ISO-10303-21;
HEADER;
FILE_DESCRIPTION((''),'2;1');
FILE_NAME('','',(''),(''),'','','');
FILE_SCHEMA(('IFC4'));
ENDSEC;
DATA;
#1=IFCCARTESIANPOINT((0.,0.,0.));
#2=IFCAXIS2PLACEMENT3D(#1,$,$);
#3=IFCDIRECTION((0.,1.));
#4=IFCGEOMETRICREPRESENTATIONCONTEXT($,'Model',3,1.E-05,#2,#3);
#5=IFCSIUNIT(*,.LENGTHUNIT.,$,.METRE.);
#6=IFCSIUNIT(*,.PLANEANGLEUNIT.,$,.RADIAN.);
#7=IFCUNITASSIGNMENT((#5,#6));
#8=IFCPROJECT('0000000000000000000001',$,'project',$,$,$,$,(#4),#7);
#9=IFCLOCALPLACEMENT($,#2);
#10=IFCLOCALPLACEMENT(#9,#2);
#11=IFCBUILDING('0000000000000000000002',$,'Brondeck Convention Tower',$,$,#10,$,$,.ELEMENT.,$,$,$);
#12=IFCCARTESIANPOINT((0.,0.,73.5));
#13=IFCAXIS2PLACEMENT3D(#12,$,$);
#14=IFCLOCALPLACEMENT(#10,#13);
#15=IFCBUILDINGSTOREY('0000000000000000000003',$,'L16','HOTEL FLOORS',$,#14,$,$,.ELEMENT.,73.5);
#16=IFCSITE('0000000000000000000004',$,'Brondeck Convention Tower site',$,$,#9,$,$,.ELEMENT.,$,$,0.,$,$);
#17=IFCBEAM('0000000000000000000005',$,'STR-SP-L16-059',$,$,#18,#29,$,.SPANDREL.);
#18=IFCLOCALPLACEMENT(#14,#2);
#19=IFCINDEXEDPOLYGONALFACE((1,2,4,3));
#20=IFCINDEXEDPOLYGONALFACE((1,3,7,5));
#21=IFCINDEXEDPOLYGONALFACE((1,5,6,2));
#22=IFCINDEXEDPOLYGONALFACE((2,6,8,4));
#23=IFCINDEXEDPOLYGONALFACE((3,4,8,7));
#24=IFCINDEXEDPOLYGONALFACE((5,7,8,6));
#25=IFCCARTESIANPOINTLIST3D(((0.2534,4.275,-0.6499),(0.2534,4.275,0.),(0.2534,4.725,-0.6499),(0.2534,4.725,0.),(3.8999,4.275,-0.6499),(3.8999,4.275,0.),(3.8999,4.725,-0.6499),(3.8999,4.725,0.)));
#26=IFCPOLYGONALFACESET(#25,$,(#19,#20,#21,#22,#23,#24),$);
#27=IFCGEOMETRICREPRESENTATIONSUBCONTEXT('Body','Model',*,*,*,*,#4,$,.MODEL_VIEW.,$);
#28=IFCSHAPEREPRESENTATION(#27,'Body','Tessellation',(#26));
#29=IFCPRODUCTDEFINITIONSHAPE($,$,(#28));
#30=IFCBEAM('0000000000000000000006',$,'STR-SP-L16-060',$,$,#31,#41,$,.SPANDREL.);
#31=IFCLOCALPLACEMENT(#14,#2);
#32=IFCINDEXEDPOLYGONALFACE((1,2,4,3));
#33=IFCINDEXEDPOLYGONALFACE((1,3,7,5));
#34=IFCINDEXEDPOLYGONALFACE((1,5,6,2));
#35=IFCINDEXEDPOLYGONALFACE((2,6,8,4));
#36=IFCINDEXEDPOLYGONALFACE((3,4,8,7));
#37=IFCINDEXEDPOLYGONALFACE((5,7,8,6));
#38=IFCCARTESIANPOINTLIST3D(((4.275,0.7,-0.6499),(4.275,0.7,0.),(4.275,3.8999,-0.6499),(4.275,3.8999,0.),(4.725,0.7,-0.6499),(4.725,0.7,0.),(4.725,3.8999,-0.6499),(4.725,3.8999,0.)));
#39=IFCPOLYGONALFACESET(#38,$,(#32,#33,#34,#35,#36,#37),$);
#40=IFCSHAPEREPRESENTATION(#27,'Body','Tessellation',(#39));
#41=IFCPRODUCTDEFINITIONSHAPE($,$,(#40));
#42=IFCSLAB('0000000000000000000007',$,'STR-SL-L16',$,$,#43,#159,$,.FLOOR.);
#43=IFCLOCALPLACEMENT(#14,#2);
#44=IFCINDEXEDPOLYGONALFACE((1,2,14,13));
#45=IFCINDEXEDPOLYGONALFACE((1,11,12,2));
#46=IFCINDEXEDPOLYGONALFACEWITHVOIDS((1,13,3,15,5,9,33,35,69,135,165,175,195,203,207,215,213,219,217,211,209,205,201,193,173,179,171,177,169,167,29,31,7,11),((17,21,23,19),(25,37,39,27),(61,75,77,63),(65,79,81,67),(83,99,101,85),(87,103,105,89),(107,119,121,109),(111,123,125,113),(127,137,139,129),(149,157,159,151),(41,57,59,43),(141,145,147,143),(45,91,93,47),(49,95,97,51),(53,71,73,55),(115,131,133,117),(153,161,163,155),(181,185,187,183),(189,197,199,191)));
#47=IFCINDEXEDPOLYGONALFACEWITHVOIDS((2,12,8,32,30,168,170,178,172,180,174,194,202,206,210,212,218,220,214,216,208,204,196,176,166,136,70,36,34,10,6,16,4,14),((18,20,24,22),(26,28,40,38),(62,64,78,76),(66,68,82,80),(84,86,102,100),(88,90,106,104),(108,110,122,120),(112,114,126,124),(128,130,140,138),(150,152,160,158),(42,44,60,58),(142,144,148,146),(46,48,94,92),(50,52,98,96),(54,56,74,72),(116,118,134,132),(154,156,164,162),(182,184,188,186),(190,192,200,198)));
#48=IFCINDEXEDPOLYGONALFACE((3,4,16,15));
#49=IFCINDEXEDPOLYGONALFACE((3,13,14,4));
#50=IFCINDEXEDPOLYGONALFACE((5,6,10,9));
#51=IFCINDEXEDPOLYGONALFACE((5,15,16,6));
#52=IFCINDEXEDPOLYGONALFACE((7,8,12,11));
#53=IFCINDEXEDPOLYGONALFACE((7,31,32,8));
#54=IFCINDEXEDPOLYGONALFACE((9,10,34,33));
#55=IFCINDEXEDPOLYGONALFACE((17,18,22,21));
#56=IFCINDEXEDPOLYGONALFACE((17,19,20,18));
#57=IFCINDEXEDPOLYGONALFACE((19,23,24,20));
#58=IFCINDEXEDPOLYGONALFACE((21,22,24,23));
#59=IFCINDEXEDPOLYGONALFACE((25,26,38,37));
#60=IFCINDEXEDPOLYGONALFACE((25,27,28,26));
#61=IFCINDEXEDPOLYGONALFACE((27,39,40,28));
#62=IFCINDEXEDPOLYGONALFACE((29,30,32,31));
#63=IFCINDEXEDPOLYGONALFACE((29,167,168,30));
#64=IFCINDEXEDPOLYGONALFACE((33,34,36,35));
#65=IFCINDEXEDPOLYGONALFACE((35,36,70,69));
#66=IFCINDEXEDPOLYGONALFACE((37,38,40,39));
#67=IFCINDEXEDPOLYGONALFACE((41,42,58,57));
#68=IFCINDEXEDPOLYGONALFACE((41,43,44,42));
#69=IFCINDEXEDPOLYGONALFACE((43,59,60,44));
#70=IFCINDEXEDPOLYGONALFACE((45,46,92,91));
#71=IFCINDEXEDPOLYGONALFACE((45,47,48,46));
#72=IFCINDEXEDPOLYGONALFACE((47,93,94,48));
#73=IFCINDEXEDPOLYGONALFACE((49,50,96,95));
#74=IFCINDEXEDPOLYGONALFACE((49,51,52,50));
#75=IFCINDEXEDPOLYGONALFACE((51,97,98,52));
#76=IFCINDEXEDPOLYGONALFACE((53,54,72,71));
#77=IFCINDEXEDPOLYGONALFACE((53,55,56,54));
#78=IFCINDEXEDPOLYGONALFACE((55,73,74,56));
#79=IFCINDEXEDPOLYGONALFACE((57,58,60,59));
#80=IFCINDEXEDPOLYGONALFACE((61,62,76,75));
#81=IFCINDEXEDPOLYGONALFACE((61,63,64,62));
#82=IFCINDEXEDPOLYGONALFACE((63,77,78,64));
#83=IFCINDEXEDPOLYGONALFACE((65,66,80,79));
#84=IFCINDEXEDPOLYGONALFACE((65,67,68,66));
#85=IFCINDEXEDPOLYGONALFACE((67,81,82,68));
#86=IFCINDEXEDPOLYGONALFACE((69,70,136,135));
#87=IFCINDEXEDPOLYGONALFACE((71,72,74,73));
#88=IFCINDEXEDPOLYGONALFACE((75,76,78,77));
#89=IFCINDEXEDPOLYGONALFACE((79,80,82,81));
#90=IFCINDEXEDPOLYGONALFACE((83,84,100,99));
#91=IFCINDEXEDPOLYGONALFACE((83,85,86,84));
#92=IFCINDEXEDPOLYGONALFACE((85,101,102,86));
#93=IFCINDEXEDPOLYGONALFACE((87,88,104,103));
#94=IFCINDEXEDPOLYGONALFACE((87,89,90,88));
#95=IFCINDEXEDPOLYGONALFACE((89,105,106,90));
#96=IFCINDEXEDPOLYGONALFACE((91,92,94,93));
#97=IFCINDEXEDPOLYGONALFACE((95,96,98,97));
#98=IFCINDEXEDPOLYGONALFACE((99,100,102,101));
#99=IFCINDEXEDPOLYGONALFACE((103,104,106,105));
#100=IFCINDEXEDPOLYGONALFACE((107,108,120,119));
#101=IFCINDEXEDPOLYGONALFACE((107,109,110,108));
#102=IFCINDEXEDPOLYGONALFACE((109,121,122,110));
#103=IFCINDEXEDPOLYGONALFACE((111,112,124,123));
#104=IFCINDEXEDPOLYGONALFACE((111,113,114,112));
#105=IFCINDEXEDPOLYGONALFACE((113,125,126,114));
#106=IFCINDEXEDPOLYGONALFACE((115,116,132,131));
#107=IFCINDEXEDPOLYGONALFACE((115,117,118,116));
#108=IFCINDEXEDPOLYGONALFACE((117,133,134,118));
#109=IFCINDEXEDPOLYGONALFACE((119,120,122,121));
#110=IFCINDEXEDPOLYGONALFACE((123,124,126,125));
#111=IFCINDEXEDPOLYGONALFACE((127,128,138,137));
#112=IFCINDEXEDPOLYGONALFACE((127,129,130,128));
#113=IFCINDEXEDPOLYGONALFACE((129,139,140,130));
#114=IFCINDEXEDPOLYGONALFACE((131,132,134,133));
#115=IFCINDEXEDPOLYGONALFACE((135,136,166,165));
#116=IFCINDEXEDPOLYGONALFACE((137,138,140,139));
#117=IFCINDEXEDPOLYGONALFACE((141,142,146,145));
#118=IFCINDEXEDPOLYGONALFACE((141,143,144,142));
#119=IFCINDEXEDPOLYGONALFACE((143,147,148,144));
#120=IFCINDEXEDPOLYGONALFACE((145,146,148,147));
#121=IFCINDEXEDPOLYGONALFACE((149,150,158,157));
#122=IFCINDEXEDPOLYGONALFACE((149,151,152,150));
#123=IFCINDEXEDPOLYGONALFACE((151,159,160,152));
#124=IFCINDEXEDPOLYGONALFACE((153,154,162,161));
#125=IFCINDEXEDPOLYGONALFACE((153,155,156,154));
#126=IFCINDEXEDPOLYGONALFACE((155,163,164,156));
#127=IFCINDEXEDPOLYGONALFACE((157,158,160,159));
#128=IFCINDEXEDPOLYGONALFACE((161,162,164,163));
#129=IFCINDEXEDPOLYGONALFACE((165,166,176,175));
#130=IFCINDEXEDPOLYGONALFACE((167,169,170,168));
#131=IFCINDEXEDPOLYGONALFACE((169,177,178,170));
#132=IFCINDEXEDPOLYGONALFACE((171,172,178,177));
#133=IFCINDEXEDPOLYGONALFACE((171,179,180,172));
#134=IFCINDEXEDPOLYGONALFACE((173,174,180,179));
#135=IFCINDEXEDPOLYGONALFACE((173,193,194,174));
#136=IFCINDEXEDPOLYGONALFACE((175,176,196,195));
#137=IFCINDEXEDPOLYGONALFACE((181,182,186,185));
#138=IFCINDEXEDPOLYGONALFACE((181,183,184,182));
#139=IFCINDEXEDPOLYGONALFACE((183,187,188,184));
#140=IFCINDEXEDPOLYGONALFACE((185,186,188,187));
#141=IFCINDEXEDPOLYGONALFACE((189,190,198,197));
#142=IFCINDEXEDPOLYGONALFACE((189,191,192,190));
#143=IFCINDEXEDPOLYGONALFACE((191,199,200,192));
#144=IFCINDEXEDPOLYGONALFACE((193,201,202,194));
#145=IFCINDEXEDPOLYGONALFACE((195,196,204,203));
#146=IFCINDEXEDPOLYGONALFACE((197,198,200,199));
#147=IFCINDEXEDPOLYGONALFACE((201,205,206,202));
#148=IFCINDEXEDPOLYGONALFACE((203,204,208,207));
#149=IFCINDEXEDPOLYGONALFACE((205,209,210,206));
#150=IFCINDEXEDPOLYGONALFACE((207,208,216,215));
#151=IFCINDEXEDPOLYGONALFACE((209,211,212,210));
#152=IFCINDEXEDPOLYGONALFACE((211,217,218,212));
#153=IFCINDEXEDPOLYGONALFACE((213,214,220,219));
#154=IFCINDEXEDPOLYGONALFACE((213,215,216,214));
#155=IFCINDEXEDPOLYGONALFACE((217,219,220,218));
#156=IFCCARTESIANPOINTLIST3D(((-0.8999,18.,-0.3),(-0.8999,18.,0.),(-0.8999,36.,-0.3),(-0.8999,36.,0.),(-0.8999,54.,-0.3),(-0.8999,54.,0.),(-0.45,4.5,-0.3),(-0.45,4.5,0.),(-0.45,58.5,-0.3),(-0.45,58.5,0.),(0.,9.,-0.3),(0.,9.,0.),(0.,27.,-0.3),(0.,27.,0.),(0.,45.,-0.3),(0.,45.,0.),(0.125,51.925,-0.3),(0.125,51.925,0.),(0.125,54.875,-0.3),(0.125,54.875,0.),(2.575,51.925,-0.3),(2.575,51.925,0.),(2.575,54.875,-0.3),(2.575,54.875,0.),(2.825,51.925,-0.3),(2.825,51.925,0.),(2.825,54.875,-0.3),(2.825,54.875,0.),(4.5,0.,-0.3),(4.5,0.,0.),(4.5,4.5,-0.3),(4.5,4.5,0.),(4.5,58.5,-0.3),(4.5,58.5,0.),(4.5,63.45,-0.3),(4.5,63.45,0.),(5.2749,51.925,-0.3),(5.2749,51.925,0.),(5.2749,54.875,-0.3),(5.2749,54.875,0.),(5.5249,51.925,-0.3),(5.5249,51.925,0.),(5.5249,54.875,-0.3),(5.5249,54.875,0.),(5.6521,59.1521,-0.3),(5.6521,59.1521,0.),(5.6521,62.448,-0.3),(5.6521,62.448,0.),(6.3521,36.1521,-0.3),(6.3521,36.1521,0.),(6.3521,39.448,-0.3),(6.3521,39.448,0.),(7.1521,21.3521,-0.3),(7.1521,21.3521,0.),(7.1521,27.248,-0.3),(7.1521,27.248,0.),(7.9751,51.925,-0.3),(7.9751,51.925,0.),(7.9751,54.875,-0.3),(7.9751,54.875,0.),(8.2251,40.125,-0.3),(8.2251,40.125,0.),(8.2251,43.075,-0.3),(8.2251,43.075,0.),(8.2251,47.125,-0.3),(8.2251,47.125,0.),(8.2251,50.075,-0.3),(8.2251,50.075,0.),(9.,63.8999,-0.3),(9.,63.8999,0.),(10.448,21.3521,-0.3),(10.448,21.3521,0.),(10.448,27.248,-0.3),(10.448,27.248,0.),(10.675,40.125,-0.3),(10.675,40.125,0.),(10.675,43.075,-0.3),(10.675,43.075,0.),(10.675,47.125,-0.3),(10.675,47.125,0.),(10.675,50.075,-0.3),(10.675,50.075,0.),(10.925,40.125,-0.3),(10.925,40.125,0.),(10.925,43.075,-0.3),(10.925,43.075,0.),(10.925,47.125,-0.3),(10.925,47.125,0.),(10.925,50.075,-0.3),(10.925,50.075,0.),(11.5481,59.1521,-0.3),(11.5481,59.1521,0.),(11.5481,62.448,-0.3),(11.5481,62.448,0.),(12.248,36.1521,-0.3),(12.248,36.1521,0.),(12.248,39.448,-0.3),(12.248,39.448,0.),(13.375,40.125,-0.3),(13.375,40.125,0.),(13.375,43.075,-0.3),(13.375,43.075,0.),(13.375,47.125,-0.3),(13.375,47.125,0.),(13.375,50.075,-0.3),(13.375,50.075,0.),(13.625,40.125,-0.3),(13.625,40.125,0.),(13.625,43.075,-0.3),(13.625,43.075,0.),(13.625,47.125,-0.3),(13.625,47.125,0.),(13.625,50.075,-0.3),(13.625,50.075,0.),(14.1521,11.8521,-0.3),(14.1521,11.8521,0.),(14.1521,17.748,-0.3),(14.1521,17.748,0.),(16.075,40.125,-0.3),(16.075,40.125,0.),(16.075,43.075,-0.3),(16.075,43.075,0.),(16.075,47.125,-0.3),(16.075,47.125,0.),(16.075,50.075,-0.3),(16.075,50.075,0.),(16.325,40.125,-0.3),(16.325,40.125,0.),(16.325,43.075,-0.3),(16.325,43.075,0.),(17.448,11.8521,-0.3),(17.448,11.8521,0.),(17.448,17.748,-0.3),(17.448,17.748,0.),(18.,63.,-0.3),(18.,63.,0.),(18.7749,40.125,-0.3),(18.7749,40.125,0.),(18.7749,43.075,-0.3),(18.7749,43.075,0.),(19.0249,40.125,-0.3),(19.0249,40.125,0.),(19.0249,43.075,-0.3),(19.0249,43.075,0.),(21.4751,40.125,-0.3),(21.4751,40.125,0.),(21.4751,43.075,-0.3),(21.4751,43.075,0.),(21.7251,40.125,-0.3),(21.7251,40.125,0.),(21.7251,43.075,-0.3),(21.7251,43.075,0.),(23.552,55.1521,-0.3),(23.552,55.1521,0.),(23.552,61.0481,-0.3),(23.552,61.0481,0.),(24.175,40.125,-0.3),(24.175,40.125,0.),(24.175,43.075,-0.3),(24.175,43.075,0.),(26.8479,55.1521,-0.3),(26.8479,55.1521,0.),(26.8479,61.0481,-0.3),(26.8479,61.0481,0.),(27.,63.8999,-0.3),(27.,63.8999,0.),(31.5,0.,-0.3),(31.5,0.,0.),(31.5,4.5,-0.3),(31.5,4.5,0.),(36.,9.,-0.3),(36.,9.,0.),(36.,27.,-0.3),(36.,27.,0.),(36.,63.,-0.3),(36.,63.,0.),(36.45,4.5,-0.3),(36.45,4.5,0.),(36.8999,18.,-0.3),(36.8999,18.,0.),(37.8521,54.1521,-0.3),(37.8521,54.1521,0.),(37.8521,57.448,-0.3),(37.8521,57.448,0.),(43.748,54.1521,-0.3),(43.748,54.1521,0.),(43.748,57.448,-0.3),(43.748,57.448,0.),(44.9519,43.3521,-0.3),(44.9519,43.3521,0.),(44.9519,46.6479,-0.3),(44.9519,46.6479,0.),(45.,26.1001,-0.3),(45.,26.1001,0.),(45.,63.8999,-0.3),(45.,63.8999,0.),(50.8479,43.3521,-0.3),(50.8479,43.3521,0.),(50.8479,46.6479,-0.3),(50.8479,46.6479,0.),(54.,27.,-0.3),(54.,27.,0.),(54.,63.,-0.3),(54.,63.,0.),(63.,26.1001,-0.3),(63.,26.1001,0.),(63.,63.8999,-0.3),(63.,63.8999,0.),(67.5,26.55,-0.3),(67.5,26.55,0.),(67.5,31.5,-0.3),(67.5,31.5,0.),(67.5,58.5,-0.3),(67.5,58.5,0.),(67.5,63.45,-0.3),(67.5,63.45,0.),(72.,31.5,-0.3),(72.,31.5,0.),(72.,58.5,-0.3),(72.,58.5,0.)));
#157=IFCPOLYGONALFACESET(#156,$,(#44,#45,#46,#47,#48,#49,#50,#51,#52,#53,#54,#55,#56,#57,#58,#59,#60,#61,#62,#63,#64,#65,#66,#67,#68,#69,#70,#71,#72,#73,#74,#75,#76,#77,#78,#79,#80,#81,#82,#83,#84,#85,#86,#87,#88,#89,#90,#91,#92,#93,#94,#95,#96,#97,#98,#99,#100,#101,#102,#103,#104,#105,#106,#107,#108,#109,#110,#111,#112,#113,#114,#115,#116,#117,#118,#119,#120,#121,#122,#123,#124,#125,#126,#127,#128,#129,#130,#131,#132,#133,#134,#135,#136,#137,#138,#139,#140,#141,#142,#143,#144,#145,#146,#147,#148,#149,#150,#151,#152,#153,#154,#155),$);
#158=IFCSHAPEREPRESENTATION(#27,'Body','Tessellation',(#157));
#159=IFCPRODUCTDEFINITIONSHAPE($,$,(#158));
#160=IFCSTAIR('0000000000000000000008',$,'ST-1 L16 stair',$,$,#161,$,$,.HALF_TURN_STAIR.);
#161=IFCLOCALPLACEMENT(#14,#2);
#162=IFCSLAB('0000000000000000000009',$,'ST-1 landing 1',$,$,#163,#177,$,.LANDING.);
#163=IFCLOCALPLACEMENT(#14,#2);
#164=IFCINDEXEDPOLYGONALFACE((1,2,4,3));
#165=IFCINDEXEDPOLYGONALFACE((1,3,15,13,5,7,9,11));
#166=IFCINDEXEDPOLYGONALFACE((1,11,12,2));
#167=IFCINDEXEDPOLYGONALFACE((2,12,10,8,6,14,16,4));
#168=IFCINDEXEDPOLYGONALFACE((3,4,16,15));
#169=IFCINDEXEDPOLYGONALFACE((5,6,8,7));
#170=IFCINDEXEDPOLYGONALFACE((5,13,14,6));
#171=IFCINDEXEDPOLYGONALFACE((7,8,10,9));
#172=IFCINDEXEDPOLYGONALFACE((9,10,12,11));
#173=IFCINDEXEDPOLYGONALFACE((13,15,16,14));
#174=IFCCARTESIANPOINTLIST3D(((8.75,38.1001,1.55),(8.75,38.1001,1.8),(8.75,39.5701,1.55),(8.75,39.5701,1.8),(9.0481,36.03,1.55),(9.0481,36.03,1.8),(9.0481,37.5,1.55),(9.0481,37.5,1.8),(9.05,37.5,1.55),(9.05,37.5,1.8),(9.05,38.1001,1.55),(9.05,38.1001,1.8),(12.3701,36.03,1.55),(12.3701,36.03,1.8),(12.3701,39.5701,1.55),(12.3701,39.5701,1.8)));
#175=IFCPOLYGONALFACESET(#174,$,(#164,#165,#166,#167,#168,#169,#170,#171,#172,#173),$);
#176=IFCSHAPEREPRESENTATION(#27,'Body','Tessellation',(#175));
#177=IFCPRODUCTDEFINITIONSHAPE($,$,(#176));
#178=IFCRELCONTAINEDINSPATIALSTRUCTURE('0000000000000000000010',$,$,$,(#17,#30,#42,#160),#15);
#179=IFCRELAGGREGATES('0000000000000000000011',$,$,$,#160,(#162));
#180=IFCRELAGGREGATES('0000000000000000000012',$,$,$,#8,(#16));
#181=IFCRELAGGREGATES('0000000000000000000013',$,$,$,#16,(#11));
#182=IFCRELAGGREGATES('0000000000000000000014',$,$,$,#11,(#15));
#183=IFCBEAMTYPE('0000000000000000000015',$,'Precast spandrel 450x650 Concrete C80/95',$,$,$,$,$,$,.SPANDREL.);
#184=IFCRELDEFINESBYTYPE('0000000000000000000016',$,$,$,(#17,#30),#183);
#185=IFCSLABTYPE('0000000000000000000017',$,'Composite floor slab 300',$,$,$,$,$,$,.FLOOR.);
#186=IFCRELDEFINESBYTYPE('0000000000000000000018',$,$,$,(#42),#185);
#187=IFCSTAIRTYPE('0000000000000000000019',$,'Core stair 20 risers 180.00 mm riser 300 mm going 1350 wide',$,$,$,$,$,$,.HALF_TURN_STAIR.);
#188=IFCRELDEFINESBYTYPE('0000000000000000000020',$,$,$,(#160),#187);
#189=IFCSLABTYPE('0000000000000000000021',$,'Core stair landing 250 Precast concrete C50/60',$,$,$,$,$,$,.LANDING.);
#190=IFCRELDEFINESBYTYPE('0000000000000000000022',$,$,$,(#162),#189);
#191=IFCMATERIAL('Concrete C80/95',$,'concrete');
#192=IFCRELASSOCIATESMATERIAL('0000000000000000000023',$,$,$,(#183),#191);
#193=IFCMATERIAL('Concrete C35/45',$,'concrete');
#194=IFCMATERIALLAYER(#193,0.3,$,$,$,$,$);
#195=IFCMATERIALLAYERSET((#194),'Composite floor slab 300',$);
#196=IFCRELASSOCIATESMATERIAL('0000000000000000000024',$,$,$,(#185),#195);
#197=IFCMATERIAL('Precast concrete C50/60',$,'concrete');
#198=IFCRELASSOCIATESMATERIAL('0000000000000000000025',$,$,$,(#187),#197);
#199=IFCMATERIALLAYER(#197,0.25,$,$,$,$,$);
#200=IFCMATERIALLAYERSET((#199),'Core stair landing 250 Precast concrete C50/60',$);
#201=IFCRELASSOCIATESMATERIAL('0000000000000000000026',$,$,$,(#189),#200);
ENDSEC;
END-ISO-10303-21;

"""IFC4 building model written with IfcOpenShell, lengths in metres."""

from ifc_helpers import new_model, si_unit, direction, frame, origin, origin_2d, place, context, subcontext, project, spatial, polyline, rectangle, outline, extrude, material, layer, layer_set, material_profile, profile_set, type_object, element, aggregate, save


model = new_model("IFC4")

# Units and contexts
model_context = context("Model", 3, precision=1e-05, world=origin(), true_north=direction((0.0, 1.0)))
body_context = subcontext(model_context, "Body", "Model", "MODEL_VIEW")
ifc_project = project(units=[si_unit("LENGTHUNIT", "METRE"), si_unit("PLANEANGLEUNIT", "RADIAN")], contexts=[model_context])

# Site, building, storey
site_placement = place(None, origin())
site = spatial("IfcSite", under=ifc_project, at=site_placement, Name="Brondeck Convention Tower site", CompositionType="ELEMENT", RefElevation=0.0)
building_placement = place(site_placement, origin())
building = spatial("IfcBuilding", under=site, at=building_placement, Name="Brondeck Convention Tower", CompositionType="ELEMENT")
storey_placement = place(building_placement, frame((0.0, 0.0, 73.5)))
storey = spatial("IfcBuildingStorey", under=building, at=storey_placement, Name="L16", Description="HOTEL FLOORS", CompositionType="ELEMENT", Elevation=73.5)

# Shared definitions
ifc_material_1 = material(Name="Concrete C80/95", Category="concrete")

# Beams
ifc_material_profile_1 = material_profile(ifc_material_1, rectangle(XDim=0.45, YDim=0.6499, at=origin_2d()), Name="Precast spandrel 450x650 Concrete C80/95")
ifc_profile_set_1 = profile_set([ifc_material_profile_1], Name="Concrete C80/95")
beam_type_1 = type_object("IfcBeamType", Name="Precast spandrel 450x650 Concrete C80/95", PredefinedType="SPANDREL", material=ifc_profile_set_1)
beam_1_placement = place(storey_placement, frame((0.2534, 4.5, -0.325), z_axis=(1.0, 0.0, 0.0), x_axis=(0.0, 1.0, 0.0)))
element("IfcBeam", 1, at=beam_1_placement, inside=storey, type_object=beam_type_1, Name="STR-SP-L16-059", PredefinedType="SPANDREL", context=body_context, shape_type="SweptSolid", body=[
    extrude(rectangle(XDim=0.45, YDim=0.6499, at=origin_2d()), origin(), (0.0, 0.0, 1.0), 3.6465),
])
beam_2_placement = place(storey_placement, frame((4.5, 3.8999, -0.325), z_axis=(0.0, -1.0, 0.0), x_axis=(1.0, 0.0, 0.0)))
element("IfcBeam", 2, at=beam_2_placement, inside=storey, type_object=beam_type_1, Name="STR-SP-L16-060", PredefinedType="SPANDREL", context=body_context, shape_type="SweptSolid", body=[
    extrude(rectangle(XDim=0.45, YDim=0.6499, at=origin_2d()), origin(), (0.0, 0.0, 1.0), 3.2),
])

# Slab
ifc_material_2 = material(Name="Concrete C35/45", Category="concrete")
ifc_layer_1 = layer(ifc_material_2, 0.3)
ifc_layer_set_1 = layer_set([ifc_layer_1], Name="Composite floor slab 300")
slab_type_1 = type_object("IfcSlabType", Name="Composite floor slab 300", PredefinedType="FLOOR", material=ifc_layer_set_1)
slab_1_placement = place(storey_placement, frame((0.0, 0.0, -0.3)))
element("IfcSlab", 3, at=slab_1_placement, inside=storey, type_object=slab_type_1, Name="STR-SL-L16", PredefinedType="FLOOR", context=body_context, shape_type="SweptSolid", body=[
    extrude(outline(polyline([(4.5, 4.5), (-0.45, 4.5), (0.0, 9.0), (-0.8999, 18.0), (0.0, 27.0), (-0.8999, 36.0), (0.0, 45.0), (-0.8999, 54.0), (-0.45, 58.5), (4.5, 58.5), (4.5, 63.45), (9.0, 63.8999), (18.0, 63.0), (27.0, 63.8999), (36.0, 63.0), (45.0, 63.8999), (54.0, 63.0), (63.0, 63.8999), (67.5, 63.45), (67.5, 58.5), (72.0, 58.5), (72.0, 31.5), (67.5, 31.5), (67.5, 26.55), (63.0, 26.1001), (54.0, 27.0), (45.0, 26.1001), (36.0, 27.0), (36.8999, 18.0), (36.0, 9.0), (36.45, 4.5), (31.5, 4.5), (31.5, 0.0), (4.5, 0.0), (4.5, 4.5)]), holes=[polyline([(10.448, 27.248), (7.1521, 27.248), (7.1521, 21.3521), (10.448, 21.3521), (10.448, 27.248)]), polyline([(12.248, 36.1521), (12.248, 39.448), (6.3521, 39.448), (6.3521, 36.1521), (12.248, 36.1521)]), polyline([(10.675, 40.125), (10.675, 43.075), (8.2251, 43.075), (8.2251, 40.125), (10.675, 40.125)]), polyline([(13.375, 40.125), (13.375, 43.075), (10.925, 43.075), (10.925, 40.125), (13.375, 40.125)]), polyline([(10.675, 47.125), (10.675, 50.075), (8.2251, 50.075), (8.2251, 47.125), (10.675, 47.125)]), polyline([(13.375, 47.125), (13.375, 50.075), (10.925, 50.075), (10.925, 47.125), (13.375, 47.125)]), polyline([(2.575, 51.925), (2.575, 54.875), (0.125, 54.875), (0.125, 51.925), (2.575, 51.925)]), polyline([(2.825, 51.925), (5.2749, 51.925), (5.2749, 54.875), (2.825, 54.875), (2.825, 51.925)]), polyline([(5.5249, 51.925), (7.9751, 51.925), (7.9751, 54.875), (5.5249, 54.875), (5.5249, 51.925)]), polyline([(5.6521, 62.448), (5.6521, 59.1521), (11.5481, 59.1521), (11.5481, 62.448), (5.6521, 62.448)]), polyline([(17.448, 17.748), (14.1521, 17.748), (14.1521, 11.8521), (17.448, 11.8521), (17.448, 17.748)]), polyline([(16.075, 40.125), (16.075, 43.075), (13.625, 43.075), (13.625, 40.125), (16.075, 40.125)]), polyline([(16.325, 40.125), (18.7749, 40.125), (18.7749, 43.075), (16.325, 43.075), (16.325, 40.125)]), polyline([(19.0249, 40.125), (21.4751, 40.125), (21.4751, 43.075), (19.0249, 43.075), (19.0249, 40.125)]), polyline([(24.175, 40.125), (24.175, 43.075), (21.7251, 43.075), (21.7251, 40.125), (24.175, 40.125)]), polyline([(50.8479, 43.3521), (50.8479, 46.6479), (44.9519, 46.6479), (44.9519, 43.3521), (50.8479, 43.3521)]), polyline([(16.075, 47.125), (16.075, 50.075), (13.625, 50.075), (13.625, 47.125), (16.075, 47.125)]), polyline([(37.8521, 54.1521), (43.748, 54.1521), (43.748, 57.448), (37.8521, 57.448), (37.8521, 54.1521)]), polyline([(23.552, 61.0481), (23.552, 55.1521), (26.8479, 55.1521), (26.8479, 61.0481), (23.552, 61.0481)])]), origin(), (0.0, 0.0, 1.0), 0.3),
])

# Stair, slab
ifc_material_3 = material(Name="Precast concrete C50/60", Category="concrete")
stair_type = type_object("IfcStairType", Name="Core stair 20 risers 180.00 mm riser 300 mm going 1350 wide", PredefinedType="HALF_TURN_STAIR", material=ifc_material_3)
stair_1_placement = place(storey_placement, origin())
stair_1 = element("IfcStair", 4, at=stair_1_placement, inside=storey, type_object=stair_type, Name="ST-1 L16 stair", PredefinedType="HALF_TURN_STAIR")
ifc_layer_2 = layer(ifc_material_3, 0.25)
ifc_layer_set_2 = layer_set([ifc_layer_2], Name="Core stair landing 250 Precast concrete C50/60")
slab_type_2 = type_object("IfcSlabType", Name="Core stair landing 250 Precast concrete C50/60", PredefinedType="LANDING", material=ifc_layer_set_2)
slab_2_placement = place(storey_placement, frame((0.0, 0.0, 1.55)))
slab_2 = element("IfcSlab", 5, at=slab_2_placement, type_object=slab_type_2, Name="ST-1 landing 1", PredefinedType="LANDING", context=body_context, shape_type="SweptSolid", body=[
    extrude(outline(polyline([(9.0481, 37.5), (9.05, 37.5), (9.05, 38.1001), (8.75, 38.1001), (8.75, 39.5701), (12.3701, 39.5701), (12.3701, 36.03), (9.0481, 36.03), (9.0481, 37.5)])), origin(), (0.0, 0.0, 1.0), 0.25),
])
aggregate(stair_1, [slab_2])

save(model, "model.ifc")
